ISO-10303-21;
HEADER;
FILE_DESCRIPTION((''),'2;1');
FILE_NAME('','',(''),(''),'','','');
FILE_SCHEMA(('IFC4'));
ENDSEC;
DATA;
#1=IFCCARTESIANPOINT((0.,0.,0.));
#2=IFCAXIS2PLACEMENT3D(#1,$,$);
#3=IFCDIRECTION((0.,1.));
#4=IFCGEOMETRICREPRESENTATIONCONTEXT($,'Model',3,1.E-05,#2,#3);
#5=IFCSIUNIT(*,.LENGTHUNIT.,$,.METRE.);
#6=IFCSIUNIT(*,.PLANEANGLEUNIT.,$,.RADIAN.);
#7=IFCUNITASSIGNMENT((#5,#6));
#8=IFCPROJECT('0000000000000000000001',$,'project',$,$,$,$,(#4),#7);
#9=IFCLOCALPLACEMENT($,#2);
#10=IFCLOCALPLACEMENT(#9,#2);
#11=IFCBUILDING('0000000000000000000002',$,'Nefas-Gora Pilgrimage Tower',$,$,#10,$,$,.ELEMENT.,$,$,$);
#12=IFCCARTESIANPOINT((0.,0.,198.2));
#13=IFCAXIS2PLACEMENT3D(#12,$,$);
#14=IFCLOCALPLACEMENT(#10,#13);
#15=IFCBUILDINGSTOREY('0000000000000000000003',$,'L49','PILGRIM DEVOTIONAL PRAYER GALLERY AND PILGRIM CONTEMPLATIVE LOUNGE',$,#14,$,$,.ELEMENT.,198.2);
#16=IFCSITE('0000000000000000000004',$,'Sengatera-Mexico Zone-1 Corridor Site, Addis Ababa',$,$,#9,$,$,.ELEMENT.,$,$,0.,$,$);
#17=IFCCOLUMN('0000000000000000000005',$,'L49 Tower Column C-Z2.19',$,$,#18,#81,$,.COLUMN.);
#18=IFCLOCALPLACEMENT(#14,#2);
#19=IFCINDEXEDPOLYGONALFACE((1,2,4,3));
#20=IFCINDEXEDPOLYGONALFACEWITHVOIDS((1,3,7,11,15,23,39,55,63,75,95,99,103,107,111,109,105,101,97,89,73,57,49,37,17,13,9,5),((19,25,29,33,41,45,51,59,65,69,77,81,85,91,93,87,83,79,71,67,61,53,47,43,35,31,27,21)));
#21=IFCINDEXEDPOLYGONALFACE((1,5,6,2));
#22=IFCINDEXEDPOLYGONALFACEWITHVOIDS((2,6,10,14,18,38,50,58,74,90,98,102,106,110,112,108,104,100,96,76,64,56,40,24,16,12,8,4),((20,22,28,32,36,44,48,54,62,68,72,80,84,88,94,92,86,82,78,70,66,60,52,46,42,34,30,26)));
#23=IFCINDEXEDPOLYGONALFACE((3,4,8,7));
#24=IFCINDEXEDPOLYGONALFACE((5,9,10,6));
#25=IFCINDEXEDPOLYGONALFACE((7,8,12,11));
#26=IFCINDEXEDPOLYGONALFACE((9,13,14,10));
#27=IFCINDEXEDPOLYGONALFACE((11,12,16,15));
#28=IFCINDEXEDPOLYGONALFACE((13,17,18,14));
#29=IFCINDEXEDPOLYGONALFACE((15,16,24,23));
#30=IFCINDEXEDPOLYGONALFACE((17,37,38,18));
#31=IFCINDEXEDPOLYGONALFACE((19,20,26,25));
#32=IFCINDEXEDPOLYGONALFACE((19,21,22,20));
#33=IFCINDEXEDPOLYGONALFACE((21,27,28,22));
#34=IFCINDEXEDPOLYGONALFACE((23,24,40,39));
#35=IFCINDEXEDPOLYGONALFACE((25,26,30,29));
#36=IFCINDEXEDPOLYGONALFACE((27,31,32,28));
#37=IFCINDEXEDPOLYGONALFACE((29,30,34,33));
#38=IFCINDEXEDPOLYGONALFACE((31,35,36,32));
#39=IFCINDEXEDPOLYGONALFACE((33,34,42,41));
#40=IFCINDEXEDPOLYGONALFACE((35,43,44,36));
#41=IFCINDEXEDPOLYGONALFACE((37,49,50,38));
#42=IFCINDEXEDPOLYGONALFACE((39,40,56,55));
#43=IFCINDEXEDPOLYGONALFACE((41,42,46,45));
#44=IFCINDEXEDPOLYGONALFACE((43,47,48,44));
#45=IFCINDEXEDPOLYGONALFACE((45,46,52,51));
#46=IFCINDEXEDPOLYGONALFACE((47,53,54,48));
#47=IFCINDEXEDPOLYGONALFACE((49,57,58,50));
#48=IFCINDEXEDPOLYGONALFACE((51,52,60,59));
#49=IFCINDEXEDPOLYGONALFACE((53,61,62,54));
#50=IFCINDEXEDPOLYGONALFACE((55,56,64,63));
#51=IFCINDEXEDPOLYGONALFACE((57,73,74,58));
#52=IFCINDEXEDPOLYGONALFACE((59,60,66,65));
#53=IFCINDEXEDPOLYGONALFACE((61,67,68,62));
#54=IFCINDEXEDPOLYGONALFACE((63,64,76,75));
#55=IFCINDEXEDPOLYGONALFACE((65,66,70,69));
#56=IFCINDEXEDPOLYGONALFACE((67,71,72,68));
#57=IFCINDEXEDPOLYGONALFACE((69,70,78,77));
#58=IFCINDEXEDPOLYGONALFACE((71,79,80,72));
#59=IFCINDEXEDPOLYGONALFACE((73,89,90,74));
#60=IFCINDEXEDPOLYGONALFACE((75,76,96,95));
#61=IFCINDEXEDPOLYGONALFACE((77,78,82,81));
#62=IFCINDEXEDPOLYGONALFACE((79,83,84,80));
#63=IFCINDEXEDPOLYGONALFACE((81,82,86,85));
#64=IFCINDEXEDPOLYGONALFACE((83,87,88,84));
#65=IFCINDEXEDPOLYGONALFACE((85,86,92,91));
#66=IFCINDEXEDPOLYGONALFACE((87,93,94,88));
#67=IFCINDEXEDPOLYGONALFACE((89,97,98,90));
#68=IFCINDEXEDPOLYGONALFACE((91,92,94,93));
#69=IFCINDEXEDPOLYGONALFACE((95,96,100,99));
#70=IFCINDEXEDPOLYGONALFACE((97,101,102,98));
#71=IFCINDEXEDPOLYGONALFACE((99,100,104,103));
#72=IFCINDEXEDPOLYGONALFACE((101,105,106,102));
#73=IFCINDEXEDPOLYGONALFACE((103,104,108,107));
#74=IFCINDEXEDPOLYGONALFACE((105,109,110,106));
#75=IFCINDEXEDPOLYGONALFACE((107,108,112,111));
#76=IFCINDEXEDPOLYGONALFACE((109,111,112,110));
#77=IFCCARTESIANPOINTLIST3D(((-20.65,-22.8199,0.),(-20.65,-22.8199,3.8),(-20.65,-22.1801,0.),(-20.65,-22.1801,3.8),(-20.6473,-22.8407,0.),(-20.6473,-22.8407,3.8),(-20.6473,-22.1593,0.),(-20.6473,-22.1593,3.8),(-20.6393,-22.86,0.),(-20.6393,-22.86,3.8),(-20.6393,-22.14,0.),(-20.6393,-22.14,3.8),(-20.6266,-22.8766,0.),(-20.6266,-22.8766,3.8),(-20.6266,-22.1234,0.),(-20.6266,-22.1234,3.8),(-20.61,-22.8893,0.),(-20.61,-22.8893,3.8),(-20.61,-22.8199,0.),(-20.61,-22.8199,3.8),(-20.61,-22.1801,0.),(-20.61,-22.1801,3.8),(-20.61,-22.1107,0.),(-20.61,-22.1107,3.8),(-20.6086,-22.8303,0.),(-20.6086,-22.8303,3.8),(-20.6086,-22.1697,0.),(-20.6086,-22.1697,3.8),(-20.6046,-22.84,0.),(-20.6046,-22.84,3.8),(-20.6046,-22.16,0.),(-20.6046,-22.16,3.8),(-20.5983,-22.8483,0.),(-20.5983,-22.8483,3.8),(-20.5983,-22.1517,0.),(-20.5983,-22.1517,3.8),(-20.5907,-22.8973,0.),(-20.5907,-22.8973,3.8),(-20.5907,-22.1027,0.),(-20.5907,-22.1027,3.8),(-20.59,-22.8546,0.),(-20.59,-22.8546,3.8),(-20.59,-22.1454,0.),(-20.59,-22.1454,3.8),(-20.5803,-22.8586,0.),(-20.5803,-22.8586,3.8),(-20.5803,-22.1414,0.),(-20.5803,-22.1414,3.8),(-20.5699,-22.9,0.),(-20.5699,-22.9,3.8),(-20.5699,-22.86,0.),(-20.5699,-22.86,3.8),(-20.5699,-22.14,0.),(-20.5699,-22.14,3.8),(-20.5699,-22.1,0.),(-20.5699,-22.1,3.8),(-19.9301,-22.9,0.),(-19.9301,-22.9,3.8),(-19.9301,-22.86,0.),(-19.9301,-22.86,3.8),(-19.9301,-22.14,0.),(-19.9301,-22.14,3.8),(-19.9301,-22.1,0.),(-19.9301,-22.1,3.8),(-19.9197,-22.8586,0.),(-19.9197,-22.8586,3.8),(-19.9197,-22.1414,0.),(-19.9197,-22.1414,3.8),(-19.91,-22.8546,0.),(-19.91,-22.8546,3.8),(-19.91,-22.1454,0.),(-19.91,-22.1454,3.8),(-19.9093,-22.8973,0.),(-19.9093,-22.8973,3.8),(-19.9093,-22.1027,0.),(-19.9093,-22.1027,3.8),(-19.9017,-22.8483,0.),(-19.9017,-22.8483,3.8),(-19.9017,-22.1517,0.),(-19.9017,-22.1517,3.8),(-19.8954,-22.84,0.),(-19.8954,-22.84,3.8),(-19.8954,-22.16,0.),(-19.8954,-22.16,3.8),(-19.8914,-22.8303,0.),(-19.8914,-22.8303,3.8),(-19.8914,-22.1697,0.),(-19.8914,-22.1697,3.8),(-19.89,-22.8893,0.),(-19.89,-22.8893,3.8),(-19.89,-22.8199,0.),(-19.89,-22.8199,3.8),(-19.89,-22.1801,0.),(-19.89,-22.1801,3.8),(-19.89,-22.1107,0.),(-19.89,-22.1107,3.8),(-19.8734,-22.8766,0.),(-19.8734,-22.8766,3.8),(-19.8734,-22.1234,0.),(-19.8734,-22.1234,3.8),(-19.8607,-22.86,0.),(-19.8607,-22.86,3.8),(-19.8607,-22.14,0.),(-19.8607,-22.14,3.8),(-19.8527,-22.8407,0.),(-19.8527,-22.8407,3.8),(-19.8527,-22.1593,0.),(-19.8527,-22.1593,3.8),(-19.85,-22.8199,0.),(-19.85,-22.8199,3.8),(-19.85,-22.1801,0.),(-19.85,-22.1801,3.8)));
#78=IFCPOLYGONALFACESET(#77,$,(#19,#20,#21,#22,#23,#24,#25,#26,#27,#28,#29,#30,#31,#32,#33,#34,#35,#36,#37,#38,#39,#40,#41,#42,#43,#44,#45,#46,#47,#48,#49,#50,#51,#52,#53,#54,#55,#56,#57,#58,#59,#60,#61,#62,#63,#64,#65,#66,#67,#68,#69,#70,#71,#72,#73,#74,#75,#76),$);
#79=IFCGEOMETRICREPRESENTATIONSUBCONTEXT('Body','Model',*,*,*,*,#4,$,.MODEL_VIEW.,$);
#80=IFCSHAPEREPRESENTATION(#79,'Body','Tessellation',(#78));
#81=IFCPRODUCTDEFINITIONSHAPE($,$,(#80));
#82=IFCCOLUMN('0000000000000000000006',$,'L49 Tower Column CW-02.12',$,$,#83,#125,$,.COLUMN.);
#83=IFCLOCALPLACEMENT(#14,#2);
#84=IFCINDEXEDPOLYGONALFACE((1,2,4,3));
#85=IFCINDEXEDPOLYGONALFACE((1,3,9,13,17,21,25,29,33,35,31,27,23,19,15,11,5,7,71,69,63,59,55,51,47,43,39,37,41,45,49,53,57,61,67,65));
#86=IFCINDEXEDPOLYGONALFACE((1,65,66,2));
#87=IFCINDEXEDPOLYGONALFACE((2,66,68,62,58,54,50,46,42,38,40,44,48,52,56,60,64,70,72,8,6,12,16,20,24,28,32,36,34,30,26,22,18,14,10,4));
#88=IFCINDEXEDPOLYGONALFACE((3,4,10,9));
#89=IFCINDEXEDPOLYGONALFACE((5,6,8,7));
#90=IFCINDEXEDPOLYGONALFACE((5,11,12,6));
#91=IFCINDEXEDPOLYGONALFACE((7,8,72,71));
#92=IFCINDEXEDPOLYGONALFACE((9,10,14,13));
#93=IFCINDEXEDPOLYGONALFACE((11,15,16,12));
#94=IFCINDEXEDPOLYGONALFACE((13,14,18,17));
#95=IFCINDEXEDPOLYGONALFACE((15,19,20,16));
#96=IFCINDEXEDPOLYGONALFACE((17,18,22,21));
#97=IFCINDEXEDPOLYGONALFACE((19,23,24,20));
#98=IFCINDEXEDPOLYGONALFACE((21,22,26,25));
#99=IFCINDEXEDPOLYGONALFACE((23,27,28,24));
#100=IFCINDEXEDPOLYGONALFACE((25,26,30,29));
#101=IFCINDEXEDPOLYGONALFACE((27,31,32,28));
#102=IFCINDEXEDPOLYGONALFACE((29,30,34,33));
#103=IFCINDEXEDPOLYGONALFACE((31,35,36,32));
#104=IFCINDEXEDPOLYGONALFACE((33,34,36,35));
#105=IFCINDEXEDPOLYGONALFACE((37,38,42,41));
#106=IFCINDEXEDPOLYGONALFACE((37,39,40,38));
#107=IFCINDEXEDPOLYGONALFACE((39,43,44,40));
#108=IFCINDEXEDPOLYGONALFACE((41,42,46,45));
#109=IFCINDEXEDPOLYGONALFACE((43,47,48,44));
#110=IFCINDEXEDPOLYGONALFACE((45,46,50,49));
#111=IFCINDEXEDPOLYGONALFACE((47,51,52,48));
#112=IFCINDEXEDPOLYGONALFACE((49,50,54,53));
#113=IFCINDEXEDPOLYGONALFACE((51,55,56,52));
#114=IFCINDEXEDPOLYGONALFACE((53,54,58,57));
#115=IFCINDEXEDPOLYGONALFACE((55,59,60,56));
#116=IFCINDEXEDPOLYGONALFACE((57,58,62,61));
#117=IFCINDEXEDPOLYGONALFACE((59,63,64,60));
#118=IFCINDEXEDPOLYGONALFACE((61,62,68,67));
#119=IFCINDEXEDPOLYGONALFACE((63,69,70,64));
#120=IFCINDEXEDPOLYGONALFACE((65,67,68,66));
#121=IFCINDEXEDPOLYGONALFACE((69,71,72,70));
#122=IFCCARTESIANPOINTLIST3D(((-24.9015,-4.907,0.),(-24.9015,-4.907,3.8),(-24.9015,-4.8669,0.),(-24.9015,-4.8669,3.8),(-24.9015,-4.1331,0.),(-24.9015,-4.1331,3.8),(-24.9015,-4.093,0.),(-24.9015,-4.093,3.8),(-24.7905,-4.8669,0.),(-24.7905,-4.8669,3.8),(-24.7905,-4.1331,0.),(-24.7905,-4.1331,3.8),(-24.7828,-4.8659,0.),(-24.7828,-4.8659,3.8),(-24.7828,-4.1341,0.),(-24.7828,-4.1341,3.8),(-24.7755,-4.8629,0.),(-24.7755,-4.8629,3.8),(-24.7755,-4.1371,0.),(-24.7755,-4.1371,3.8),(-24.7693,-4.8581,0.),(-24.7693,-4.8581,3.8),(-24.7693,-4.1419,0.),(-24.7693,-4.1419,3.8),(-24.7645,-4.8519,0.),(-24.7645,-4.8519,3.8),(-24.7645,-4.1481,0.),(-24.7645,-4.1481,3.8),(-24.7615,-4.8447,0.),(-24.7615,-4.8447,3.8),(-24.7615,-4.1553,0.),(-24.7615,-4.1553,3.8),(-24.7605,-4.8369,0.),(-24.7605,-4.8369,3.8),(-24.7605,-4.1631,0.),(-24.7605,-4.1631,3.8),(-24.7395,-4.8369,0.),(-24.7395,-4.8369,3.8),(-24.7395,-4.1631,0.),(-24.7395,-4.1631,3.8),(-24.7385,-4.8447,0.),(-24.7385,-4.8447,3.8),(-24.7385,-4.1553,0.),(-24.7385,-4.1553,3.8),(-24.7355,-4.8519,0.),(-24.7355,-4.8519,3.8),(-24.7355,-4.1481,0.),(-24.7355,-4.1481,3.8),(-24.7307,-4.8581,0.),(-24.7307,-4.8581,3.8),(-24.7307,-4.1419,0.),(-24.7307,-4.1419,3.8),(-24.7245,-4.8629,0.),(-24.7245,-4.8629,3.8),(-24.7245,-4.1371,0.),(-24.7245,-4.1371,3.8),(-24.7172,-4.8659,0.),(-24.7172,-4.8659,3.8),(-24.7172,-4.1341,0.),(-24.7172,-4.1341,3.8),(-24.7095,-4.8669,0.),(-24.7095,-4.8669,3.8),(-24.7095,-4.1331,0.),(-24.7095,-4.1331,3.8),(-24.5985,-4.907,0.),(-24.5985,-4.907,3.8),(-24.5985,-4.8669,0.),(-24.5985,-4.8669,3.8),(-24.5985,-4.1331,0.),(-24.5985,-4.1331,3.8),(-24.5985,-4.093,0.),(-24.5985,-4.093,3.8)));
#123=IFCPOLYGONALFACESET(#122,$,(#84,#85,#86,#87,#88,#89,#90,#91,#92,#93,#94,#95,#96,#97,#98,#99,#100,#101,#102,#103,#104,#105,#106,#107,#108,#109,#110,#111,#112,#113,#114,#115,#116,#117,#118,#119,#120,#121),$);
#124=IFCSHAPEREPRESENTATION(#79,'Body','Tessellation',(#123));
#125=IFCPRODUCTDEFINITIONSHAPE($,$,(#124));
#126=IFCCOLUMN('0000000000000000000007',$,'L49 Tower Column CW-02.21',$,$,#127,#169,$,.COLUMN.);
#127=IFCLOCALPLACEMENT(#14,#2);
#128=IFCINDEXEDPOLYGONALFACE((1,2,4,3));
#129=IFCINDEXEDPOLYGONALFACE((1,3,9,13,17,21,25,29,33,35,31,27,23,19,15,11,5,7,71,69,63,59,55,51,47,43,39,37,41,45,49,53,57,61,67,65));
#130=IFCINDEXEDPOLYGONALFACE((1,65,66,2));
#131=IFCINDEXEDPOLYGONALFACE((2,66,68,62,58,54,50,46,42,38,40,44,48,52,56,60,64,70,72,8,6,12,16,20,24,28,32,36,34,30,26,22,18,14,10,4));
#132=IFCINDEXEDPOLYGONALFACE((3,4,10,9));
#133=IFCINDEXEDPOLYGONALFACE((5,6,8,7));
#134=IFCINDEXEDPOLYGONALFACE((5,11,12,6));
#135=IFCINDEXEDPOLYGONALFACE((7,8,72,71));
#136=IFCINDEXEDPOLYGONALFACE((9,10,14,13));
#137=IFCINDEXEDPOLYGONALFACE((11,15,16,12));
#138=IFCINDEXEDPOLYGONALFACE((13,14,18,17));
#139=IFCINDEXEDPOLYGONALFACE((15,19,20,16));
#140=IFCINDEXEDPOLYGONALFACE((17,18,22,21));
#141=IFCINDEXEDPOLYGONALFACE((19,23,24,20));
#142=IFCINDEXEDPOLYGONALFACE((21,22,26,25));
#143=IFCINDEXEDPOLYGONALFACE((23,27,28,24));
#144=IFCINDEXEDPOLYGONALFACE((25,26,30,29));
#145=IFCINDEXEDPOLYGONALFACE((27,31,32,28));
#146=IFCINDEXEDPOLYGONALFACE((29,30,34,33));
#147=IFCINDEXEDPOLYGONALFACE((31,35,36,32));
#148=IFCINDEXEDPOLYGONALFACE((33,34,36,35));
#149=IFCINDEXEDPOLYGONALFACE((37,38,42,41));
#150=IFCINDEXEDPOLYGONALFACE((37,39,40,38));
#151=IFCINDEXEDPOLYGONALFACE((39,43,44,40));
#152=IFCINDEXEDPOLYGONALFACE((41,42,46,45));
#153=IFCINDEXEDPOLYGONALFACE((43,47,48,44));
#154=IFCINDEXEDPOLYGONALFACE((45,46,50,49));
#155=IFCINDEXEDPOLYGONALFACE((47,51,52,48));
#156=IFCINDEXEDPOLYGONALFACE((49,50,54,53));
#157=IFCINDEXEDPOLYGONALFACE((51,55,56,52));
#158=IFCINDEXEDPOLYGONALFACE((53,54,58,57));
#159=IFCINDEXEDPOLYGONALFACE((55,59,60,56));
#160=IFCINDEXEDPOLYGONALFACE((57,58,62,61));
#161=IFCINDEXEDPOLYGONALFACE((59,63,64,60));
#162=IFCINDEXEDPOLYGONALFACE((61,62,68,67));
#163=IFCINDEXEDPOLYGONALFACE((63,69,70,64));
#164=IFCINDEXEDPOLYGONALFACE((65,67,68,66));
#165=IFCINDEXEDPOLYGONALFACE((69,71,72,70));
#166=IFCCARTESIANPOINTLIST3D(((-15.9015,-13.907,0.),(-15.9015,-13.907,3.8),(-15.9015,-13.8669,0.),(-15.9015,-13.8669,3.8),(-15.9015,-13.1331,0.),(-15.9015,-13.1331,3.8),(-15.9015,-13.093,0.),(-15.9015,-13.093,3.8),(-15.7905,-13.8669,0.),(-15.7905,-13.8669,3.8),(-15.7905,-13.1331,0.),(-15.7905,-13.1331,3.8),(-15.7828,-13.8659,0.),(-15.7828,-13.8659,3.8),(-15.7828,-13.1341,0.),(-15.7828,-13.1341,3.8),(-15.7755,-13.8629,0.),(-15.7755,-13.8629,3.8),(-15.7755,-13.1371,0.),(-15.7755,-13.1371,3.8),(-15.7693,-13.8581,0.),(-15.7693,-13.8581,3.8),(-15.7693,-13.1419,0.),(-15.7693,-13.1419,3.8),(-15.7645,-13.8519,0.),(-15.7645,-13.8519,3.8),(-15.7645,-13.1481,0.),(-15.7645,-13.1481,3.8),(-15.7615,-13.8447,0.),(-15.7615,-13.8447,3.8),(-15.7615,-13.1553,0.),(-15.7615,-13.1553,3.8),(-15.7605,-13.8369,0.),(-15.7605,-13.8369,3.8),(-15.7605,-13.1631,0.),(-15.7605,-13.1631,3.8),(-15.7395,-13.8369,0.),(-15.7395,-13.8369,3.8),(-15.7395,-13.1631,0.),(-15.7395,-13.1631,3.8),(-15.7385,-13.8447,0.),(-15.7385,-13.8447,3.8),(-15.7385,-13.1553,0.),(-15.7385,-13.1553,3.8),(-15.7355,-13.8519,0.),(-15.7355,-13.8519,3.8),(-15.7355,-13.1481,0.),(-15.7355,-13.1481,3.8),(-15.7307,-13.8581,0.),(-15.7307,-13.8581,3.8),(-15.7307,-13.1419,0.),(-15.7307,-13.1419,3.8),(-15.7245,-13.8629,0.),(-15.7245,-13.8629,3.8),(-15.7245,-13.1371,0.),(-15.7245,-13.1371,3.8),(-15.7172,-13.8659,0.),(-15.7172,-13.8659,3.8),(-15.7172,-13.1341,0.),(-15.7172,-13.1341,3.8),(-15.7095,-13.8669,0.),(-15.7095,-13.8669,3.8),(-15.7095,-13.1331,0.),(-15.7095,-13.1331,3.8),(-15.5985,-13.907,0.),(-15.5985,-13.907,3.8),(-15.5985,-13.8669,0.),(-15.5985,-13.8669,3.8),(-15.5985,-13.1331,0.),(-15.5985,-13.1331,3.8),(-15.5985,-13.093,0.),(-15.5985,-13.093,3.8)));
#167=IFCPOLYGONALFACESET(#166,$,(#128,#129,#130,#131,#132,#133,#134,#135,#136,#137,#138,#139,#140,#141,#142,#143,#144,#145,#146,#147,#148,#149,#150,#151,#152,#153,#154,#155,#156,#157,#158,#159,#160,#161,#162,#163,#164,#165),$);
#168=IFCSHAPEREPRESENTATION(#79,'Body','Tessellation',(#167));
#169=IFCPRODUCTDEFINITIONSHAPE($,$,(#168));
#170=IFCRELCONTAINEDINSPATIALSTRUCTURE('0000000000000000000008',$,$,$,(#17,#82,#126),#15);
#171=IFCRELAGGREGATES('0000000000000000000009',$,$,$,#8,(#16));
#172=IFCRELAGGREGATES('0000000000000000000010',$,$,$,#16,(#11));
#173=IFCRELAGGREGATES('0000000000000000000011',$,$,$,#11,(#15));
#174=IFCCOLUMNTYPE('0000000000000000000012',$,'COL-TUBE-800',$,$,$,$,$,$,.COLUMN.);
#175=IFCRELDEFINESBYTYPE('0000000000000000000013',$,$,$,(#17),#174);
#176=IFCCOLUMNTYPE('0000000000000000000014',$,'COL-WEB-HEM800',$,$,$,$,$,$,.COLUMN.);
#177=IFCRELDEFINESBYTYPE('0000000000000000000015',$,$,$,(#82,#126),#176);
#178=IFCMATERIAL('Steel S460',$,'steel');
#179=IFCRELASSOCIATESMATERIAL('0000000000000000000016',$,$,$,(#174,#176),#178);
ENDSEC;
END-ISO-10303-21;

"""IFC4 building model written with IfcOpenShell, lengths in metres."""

from ifc_helpers import new_model, si_unit, direction, frame, origin, origin_2d, place, context, subcontext, project, spatial, hollow_rectangle, i_section, extrude, source, transform, mapped, material, material_profile, profile_set, type_object, element, save


model = new_model("IFC4")

# Units and contexts
model_context = context("Model", 3, precision=1e-05, world=origin(), true_north=direction((0.0, 1.0)))
body_context = subcontext(model_context, "Body", "Model", "MODEL_VIEW")
ifc_project = project(units=[si_unit("LENGTHUNIT", "METRE"), si_unit("PLANEANGLEUNIT", "RADIAN")], contexts=[model_context])

# Site, building, storey
site_placement = place(None, origin())
site = spatial("IfcSite", under=ifc_project, at=site_placement, Name="Sengatera-Mexico Zone-1 Corridor Site, Addis Ababa", CompositionType="ELEMENT", RefElevation=0.0)
building_placement = place(site_placement, origin())
building = spatial("IfcBuilding", under=site, at=building_placement, Name="Nefas-Gora Pilgrimage Tower", CompositionType="ELEMENT")
storey_placement = place(building_placement, frame((0.0, 0.0, 198.2)))
storey = spatial("IfcBuildingStorey", under=building, at=storey_placement, Name="L49", Description="PILGRIM DEVOTIONAL PRAYER GALLERY AND PILGRIM CONTEMPLATIVE LOUNGE", CompositionType="ELEMENT", Elevation=198.2)

# Columns
ifc_material_1 = material(Name="Steel S460", Category="steel")
ifc_material_profile_1 = material_profile(ifc_material_1, hollow_rectangle(XDim=0.8, YDim=0.8, WallThickness=0.04, InnerFilletRadius=0.04, OuterFilletRadius=0.0801, at=origin_2d()), Name="BOX 800x800x40")
ifc_profile_set_1 = profile_set([ifc_material_profile_1], Name="Steel S460")
column_type_1 = type_object("IfcColumnType", Name="COL-TUBE-800", PredefinedType="COLUMN", material=ifc_profile_set_1)
shared_shape_1 = source(origin(), body_context, "Body", "SweptSolid", [
    extrude(hollow_rectangle(XDim=0.8, YDim=0.8, WallThickness=0.04, InnerFilletRadius=0.04, OuterFilletRadius=0.0801, at=origin_2d()), origin(), (0.0, 0.0, 1.0), 3.8),
])
column_placement = place(storey_placement, frame((-20.25, -22.5, 0.0), z_axis=(0.0, 0.0, 1.0), x_axis=(1.0, 0.0, 0.0)))
element("IfcColumn", 1, at=column_placement, inside=storey, type_object=column_type_1, Name="L49 Tower Column C-Z2.19", PredefinedType="COLUMN", context=body_context, shape_type="MappedRepresentation", body=[
    mapped(shared_shape_1, transform((0.0, 0.0, 0.0), x_axis=(1.0, 0.0, 0.0), y_axis=(0.0, 1.0, 0.0), z_axis=(0.0, 0.0, 1.0), scale=1.0)),
])
ifc_material_profile_2 = material_profile(ifc_material_1, i_section(OverallWidth=0.303, OverallDepth=0.814, WebThickness=0.021, FlangeThickness=0.04, FilletRadius=0.03, at=origin_2d()), Name="HEM 800")
ifc_profile_set_2 = profile_set([ifc_material_profile_2], Name="Steel S460")
column_type_2 = type_object("IfcColumnType", Name="COL-WEB-HEM800", PredefinedType="COLUMN", material=ifc_profile_set_2)
shared_shape_2 = source(origin(), body_context, "Body", "SweptSolid", [
    extrude(i_section(OverallWidth=0.303, OverallDepth=0.814, WebThickness=0.021, FlangeThickness=0.04, FilletRadius=0.03, at=origin_2d()), origin(), (0.0, 0.0, 1.0), 3.8),
])
for number, where, z_axis, x_axis, name in (
    (2, (-24.75, -4.5, 0.0), (0.0, 0.0, 1.0), (1.0, 0.0, 0.0), "L49 Tower Column CW-02.12"),
    (3, (-15.75, -13.5, 0.0), (0.0, 0.0, 1.0), (1.0, 0.0, 0.0), "L49 Tower Column CW-02.21"),
):
    element("IfcColumn", number, at=place(storey_placement, frame(where, z_axis=z_axis, x_axis=x_axis)), inside=storey, type_object=column_type_2, Name=name, PredefinedType="COLUMN", context=body_context, shape_type="MappedRepresentation", body=[
        mapped(shared_shape_2, transform((0.0, 0.0, 0.0), x_axis=(1.0, 0.0, 0.0), y_axis=(0.0, 1.0, 0.0), z_axis=(0.0, 0.0, 1.0), scale=1.0)),
    ])

save(model, "model.ifc")
